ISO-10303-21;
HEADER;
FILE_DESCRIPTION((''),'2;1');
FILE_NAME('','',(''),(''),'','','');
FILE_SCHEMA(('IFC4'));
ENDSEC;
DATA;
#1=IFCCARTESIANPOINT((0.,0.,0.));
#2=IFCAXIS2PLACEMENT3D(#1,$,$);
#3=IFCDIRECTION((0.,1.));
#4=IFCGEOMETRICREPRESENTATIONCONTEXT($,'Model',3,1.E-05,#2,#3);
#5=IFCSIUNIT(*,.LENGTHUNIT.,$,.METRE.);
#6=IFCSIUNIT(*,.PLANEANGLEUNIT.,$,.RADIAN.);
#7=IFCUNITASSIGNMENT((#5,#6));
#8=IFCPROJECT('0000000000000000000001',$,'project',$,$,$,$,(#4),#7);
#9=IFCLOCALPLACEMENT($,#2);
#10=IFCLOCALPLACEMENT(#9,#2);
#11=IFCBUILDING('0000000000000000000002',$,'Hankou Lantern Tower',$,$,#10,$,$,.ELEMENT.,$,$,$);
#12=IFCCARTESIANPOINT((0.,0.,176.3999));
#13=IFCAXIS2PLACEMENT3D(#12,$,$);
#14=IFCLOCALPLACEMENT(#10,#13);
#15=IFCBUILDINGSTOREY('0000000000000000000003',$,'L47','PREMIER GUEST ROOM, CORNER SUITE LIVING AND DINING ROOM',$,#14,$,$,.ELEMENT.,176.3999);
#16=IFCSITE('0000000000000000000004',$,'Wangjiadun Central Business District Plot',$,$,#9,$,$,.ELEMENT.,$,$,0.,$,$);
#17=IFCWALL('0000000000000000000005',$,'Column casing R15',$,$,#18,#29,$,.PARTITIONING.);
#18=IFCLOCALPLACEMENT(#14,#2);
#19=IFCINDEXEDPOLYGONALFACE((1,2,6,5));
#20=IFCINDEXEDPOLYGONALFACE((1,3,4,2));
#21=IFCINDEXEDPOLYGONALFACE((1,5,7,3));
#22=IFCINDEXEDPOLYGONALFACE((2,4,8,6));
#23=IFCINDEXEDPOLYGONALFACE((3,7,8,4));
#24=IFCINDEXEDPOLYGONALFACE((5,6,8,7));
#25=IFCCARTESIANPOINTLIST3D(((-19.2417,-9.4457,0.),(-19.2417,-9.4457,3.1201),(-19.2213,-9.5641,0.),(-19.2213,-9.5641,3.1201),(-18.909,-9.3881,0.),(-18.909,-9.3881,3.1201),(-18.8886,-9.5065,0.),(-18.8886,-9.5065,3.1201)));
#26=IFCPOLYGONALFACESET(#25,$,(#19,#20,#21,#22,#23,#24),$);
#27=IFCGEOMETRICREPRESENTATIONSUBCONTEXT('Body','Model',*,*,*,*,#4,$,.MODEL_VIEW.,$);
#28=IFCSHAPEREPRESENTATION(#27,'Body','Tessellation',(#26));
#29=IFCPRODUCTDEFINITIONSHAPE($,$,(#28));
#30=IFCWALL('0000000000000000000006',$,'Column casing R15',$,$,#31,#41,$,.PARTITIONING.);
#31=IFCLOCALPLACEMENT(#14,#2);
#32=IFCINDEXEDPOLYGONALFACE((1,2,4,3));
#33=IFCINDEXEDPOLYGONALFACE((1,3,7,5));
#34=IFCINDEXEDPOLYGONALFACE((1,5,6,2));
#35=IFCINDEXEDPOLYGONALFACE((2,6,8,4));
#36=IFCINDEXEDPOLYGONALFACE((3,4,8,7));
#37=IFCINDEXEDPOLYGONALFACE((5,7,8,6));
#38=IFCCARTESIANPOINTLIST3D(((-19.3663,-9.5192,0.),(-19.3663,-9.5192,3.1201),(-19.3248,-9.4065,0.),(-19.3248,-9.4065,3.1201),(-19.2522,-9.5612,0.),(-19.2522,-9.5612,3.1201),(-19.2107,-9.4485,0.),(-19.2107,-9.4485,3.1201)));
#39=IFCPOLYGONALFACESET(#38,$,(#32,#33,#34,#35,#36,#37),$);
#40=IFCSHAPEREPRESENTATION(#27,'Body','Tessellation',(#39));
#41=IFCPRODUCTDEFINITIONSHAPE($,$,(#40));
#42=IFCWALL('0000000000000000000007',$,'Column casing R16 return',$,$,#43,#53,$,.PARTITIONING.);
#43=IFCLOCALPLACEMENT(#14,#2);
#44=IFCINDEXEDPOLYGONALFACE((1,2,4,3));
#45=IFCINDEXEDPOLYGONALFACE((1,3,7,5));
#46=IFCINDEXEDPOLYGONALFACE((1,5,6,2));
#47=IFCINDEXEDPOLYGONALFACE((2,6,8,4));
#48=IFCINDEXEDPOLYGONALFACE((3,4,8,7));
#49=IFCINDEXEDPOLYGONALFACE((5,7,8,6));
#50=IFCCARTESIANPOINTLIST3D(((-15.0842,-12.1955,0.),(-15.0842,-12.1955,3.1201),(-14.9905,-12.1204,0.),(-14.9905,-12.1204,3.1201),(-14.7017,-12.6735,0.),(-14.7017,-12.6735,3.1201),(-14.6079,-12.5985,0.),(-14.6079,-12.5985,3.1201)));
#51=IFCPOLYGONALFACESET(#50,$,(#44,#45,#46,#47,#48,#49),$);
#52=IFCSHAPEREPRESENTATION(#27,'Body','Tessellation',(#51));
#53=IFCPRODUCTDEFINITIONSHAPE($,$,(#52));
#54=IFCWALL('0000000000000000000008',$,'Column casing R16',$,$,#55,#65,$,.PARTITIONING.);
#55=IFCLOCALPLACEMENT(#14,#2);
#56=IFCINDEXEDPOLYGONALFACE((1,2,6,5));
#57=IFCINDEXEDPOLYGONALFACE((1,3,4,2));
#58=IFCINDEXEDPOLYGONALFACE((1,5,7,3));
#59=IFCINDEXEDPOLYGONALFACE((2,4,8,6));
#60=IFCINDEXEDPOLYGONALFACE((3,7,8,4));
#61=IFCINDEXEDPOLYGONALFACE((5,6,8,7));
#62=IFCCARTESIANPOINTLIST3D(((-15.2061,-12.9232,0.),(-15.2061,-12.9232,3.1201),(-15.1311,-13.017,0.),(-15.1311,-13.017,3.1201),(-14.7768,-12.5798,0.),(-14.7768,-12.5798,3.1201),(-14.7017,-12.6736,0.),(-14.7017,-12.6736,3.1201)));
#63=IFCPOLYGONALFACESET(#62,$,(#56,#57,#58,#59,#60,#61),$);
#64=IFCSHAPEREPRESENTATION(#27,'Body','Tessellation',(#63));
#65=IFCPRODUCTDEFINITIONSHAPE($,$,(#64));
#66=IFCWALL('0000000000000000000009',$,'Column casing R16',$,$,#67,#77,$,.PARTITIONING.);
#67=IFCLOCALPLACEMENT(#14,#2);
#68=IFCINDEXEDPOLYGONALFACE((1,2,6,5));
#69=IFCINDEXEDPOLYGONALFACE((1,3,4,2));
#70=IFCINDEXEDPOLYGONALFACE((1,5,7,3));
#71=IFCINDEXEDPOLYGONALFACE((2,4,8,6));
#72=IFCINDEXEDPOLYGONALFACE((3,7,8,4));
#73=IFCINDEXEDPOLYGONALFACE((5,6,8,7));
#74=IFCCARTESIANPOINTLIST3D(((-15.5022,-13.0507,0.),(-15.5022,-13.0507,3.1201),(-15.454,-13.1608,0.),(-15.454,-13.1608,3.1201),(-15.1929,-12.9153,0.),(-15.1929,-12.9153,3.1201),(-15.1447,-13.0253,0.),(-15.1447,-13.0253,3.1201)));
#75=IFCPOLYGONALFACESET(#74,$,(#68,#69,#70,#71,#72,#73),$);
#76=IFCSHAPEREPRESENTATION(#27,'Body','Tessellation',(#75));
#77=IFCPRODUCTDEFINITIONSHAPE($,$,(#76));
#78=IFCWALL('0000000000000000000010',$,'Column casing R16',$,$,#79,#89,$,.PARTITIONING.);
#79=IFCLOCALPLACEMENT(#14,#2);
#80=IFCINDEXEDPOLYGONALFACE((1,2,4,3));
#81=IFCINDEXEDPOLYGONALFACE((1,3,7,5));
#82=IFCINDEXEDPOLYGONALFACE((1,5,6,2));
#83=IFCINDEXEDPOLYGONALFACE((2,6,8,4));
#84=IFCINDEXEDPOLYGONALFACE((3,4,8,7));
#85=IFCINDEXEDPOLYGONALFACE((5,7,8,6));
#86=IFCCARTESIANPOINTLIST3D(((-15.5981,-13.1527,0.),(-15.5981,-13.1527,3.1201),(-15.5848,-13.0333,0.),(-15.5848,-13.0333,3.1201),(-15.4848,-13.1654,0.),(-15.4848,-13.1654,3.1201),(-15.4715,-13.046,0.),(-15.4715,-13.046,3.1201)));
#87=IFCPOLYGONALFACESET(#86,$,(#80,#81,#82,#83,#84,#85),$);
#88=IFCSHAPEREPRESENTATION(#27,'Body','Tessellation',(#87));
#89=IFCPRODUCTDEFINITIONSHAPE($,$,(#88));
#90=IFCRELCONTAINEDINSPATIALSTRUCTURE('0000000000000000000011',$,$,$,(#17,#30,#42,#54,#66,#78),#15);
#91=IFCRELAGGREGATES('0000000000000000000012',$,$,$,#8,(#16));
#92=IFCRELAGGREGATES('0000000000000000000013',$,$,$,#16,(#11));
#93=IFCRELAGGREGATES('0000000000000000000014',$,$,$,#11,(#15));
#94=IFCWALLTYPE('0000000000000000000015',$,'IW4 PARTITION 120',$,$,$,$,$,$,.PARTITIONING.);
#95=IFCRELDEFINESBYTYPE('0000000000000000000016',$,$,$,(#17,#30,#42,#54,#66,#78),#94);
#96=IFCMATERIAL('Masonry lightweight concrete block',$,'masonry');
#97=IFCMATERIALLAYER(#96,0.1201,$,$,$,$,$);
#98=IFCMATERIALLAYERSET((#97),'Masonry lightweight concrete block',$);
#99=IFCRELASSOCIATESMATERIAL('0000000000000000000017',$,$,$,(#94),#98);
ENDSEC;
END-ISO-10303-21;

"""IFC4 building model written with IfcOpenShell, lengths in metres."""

from ifc_helpers import new_model, si_unit, direction, frame, frame_2d, origin, place, context, subcontext, project, spatial, rectangle, extrude, material, layer, layer_set, type_object, element, save


model = new_model("IFC4")

# Units and contexts
model_context = context("Model", 3, precision=1e-05, world=origin(), true_north=direction((0.0, 1.0)))
body_context = subcontext(model_context, "Body", "Model", "MODEL_VIEW")
ifc_project = project(units=[si_unit("LENGTHUNIT", "METRE"), si_unit("PLANEANGLEUNIT", "RADIAN")], contexts=[model_context])

# Site, building, storey
site_placement = place(None, origin())
site = spatial("IfcSite", under=ifc_project, at=site_placement, Name="Wangjiadun Central Business District Plot", CompositionType="ELEMENT", RefElevation=0.0)
building_placement = place(site_placement, origin())
building = spatial("IfcBuilding", under=site, at=building_placement, Name="Hankou Lantern Tower", CompositionType="ELEMENT")
storey_placement = place(building_placement, frame((0.0, 0.0, 176.3999)))
storey = spatial("IfcBuildingStorey", under=building, at=storey_placement, Name="L47", Description="PREMIER GUEST ROOM, CORNER SUITE LIVING AND DINING ROOM", CompositionType="ELEMENT", Elevation=176.3999)

# Walls
ifc_material_1 = material(Name="Masonry lightweight concrete block", Category="masonry")
ifc_layer_1 = layer(ifc_material_1, 0.1201)
ifc_layer_set_1 = layer_set([ifc_layer_1], Name="Masonry lightweight concrete block")
wall_type_1 = type_object("IfcWallType", Name="IW4 PARTITION 120", PredefinedType="PARTITIONING", material=ifc_layer_set_1)
wall_1_placement = place(storey_placement, frame((-18.8987, -9.4473, 0.0), z_axis=(0.0, 0.0, 1.0), x_axis=(-0.985339, -0.170609, 0.0)))
element("IfcWall", 1, at=wall_1_placement, inside=storey, type_object=wall_type_1, Name="Column casing R15", PredefinedType="PARTITIONING", context=body_context, shape_type="SweptSolid", body=[
    extrude(rectangle(XDim=0.3376, YDim=0.1201, at=frame_2d((0.1689, 0.0))), origin(), (0.0, 0.0, 1.0), 3.1201),
])
wall_2_placement = place(storey_placement, frame((-19.2314, -9.5049, 0.0), z_axis=(0.0, 0.0, 1.0), x_axis=(-0.938377, 0.345612, 0.0)))
element("IfcWall", 2, at=wall_2_placement, inside=storey, type_object=wall_type_1, Name="Column casing R15", PredefinedType="PARTITIONING", context=body_context, shape_type="SweptSolid", body=[
    extrude(rectangle(XDim=0.1216, YDim=0.1201, at=frame_2d((0.0608, 0.0))), origin(), (0.0, 0.0, 1.0), 3.1201),
])
wall_3_placement = place(storey_placement, frame((-15.0374, -12.158, 0.0), z_axis=(0.0, 0.0, 1.0), x_axis=(0.624841, -0.780752, 0.0)))
element("IfcWall", 3, at=wall_3_placement, inside=storey, type_object=wall_type_1, Name="Column casing R16 return", PredefinedType="PARTITIONING", context=body_context, shape_type="SweptSolid", body=[
    extrude(rectangle(XDim=0.6123, YDim=0.1201, at=frame_2d((0.3062, 0.0))), origin(), (0.0, 0.0, 1.0), 3.1201),
])
wall_4_placement = place(storey_placement, frame((-14.7393, -12.6267, 0.0), z_axis=(0.0, 0.0, 1.0), x_axis=(-0.780912, -0.624641, 0.0)))
element("IfcWall", 4, at=wall_4_placement, inside=storey, type_object=wall_type_1, Name="Column casing R16", PredefinedType="PARTITIONING", context=body_context, shape_type="SweptSolid", body=[
    extrude(rectangle(XDim=0.5498, YDim=0.1201, at=frame_2d((0.2749, 0.0))), origin(), (0.0, 0.0, 1.0), 3.1201),
])
wall_5_placement = place(storey_placement, frame((-15.1687, -12.9702, 0.0), z_axis=(0.0, 0.0, 1.0), x_axis=(-0.915975, -0.401236, 0.0)))
element("IfcWall", 5, at=wall_5_placement, inside=storey, type_object=wall_type_1, Name="Column casing R16", PredefinedType="PARTITIONING", context=body_context, shape_type="SweptSolid", body=[
    extrude(rectangle(XDim=0.3376, YDim=0.1201, at=frame_2d((0.1689, 0.0))), origin(), (0.0, 0.0, 1.0), 3.1201),
])
wall_6_placement = place(storey_placement, frame((-15.478, -13.1057, 0.0), z_axis=(0.0, 0.0, 1.0), x_axis=(-0.993779, 0.111372, 0.0)))
element("IfcWall", 6, at=wall_6_placement, inside=storey, type_object=wall_type_1, Name="Column casing R16", PredefinedType="PARTITIONING", context=body_context, shape_type="SweptSolid", body=[
    extrude(rectangle(XDim=0.114, YDim=0.1201, at=frame_2d((0.0571, 0.0))), origin(), (0.0, 0.0, 1.0), 3.1201),
])

save(model, "model.ifc")
